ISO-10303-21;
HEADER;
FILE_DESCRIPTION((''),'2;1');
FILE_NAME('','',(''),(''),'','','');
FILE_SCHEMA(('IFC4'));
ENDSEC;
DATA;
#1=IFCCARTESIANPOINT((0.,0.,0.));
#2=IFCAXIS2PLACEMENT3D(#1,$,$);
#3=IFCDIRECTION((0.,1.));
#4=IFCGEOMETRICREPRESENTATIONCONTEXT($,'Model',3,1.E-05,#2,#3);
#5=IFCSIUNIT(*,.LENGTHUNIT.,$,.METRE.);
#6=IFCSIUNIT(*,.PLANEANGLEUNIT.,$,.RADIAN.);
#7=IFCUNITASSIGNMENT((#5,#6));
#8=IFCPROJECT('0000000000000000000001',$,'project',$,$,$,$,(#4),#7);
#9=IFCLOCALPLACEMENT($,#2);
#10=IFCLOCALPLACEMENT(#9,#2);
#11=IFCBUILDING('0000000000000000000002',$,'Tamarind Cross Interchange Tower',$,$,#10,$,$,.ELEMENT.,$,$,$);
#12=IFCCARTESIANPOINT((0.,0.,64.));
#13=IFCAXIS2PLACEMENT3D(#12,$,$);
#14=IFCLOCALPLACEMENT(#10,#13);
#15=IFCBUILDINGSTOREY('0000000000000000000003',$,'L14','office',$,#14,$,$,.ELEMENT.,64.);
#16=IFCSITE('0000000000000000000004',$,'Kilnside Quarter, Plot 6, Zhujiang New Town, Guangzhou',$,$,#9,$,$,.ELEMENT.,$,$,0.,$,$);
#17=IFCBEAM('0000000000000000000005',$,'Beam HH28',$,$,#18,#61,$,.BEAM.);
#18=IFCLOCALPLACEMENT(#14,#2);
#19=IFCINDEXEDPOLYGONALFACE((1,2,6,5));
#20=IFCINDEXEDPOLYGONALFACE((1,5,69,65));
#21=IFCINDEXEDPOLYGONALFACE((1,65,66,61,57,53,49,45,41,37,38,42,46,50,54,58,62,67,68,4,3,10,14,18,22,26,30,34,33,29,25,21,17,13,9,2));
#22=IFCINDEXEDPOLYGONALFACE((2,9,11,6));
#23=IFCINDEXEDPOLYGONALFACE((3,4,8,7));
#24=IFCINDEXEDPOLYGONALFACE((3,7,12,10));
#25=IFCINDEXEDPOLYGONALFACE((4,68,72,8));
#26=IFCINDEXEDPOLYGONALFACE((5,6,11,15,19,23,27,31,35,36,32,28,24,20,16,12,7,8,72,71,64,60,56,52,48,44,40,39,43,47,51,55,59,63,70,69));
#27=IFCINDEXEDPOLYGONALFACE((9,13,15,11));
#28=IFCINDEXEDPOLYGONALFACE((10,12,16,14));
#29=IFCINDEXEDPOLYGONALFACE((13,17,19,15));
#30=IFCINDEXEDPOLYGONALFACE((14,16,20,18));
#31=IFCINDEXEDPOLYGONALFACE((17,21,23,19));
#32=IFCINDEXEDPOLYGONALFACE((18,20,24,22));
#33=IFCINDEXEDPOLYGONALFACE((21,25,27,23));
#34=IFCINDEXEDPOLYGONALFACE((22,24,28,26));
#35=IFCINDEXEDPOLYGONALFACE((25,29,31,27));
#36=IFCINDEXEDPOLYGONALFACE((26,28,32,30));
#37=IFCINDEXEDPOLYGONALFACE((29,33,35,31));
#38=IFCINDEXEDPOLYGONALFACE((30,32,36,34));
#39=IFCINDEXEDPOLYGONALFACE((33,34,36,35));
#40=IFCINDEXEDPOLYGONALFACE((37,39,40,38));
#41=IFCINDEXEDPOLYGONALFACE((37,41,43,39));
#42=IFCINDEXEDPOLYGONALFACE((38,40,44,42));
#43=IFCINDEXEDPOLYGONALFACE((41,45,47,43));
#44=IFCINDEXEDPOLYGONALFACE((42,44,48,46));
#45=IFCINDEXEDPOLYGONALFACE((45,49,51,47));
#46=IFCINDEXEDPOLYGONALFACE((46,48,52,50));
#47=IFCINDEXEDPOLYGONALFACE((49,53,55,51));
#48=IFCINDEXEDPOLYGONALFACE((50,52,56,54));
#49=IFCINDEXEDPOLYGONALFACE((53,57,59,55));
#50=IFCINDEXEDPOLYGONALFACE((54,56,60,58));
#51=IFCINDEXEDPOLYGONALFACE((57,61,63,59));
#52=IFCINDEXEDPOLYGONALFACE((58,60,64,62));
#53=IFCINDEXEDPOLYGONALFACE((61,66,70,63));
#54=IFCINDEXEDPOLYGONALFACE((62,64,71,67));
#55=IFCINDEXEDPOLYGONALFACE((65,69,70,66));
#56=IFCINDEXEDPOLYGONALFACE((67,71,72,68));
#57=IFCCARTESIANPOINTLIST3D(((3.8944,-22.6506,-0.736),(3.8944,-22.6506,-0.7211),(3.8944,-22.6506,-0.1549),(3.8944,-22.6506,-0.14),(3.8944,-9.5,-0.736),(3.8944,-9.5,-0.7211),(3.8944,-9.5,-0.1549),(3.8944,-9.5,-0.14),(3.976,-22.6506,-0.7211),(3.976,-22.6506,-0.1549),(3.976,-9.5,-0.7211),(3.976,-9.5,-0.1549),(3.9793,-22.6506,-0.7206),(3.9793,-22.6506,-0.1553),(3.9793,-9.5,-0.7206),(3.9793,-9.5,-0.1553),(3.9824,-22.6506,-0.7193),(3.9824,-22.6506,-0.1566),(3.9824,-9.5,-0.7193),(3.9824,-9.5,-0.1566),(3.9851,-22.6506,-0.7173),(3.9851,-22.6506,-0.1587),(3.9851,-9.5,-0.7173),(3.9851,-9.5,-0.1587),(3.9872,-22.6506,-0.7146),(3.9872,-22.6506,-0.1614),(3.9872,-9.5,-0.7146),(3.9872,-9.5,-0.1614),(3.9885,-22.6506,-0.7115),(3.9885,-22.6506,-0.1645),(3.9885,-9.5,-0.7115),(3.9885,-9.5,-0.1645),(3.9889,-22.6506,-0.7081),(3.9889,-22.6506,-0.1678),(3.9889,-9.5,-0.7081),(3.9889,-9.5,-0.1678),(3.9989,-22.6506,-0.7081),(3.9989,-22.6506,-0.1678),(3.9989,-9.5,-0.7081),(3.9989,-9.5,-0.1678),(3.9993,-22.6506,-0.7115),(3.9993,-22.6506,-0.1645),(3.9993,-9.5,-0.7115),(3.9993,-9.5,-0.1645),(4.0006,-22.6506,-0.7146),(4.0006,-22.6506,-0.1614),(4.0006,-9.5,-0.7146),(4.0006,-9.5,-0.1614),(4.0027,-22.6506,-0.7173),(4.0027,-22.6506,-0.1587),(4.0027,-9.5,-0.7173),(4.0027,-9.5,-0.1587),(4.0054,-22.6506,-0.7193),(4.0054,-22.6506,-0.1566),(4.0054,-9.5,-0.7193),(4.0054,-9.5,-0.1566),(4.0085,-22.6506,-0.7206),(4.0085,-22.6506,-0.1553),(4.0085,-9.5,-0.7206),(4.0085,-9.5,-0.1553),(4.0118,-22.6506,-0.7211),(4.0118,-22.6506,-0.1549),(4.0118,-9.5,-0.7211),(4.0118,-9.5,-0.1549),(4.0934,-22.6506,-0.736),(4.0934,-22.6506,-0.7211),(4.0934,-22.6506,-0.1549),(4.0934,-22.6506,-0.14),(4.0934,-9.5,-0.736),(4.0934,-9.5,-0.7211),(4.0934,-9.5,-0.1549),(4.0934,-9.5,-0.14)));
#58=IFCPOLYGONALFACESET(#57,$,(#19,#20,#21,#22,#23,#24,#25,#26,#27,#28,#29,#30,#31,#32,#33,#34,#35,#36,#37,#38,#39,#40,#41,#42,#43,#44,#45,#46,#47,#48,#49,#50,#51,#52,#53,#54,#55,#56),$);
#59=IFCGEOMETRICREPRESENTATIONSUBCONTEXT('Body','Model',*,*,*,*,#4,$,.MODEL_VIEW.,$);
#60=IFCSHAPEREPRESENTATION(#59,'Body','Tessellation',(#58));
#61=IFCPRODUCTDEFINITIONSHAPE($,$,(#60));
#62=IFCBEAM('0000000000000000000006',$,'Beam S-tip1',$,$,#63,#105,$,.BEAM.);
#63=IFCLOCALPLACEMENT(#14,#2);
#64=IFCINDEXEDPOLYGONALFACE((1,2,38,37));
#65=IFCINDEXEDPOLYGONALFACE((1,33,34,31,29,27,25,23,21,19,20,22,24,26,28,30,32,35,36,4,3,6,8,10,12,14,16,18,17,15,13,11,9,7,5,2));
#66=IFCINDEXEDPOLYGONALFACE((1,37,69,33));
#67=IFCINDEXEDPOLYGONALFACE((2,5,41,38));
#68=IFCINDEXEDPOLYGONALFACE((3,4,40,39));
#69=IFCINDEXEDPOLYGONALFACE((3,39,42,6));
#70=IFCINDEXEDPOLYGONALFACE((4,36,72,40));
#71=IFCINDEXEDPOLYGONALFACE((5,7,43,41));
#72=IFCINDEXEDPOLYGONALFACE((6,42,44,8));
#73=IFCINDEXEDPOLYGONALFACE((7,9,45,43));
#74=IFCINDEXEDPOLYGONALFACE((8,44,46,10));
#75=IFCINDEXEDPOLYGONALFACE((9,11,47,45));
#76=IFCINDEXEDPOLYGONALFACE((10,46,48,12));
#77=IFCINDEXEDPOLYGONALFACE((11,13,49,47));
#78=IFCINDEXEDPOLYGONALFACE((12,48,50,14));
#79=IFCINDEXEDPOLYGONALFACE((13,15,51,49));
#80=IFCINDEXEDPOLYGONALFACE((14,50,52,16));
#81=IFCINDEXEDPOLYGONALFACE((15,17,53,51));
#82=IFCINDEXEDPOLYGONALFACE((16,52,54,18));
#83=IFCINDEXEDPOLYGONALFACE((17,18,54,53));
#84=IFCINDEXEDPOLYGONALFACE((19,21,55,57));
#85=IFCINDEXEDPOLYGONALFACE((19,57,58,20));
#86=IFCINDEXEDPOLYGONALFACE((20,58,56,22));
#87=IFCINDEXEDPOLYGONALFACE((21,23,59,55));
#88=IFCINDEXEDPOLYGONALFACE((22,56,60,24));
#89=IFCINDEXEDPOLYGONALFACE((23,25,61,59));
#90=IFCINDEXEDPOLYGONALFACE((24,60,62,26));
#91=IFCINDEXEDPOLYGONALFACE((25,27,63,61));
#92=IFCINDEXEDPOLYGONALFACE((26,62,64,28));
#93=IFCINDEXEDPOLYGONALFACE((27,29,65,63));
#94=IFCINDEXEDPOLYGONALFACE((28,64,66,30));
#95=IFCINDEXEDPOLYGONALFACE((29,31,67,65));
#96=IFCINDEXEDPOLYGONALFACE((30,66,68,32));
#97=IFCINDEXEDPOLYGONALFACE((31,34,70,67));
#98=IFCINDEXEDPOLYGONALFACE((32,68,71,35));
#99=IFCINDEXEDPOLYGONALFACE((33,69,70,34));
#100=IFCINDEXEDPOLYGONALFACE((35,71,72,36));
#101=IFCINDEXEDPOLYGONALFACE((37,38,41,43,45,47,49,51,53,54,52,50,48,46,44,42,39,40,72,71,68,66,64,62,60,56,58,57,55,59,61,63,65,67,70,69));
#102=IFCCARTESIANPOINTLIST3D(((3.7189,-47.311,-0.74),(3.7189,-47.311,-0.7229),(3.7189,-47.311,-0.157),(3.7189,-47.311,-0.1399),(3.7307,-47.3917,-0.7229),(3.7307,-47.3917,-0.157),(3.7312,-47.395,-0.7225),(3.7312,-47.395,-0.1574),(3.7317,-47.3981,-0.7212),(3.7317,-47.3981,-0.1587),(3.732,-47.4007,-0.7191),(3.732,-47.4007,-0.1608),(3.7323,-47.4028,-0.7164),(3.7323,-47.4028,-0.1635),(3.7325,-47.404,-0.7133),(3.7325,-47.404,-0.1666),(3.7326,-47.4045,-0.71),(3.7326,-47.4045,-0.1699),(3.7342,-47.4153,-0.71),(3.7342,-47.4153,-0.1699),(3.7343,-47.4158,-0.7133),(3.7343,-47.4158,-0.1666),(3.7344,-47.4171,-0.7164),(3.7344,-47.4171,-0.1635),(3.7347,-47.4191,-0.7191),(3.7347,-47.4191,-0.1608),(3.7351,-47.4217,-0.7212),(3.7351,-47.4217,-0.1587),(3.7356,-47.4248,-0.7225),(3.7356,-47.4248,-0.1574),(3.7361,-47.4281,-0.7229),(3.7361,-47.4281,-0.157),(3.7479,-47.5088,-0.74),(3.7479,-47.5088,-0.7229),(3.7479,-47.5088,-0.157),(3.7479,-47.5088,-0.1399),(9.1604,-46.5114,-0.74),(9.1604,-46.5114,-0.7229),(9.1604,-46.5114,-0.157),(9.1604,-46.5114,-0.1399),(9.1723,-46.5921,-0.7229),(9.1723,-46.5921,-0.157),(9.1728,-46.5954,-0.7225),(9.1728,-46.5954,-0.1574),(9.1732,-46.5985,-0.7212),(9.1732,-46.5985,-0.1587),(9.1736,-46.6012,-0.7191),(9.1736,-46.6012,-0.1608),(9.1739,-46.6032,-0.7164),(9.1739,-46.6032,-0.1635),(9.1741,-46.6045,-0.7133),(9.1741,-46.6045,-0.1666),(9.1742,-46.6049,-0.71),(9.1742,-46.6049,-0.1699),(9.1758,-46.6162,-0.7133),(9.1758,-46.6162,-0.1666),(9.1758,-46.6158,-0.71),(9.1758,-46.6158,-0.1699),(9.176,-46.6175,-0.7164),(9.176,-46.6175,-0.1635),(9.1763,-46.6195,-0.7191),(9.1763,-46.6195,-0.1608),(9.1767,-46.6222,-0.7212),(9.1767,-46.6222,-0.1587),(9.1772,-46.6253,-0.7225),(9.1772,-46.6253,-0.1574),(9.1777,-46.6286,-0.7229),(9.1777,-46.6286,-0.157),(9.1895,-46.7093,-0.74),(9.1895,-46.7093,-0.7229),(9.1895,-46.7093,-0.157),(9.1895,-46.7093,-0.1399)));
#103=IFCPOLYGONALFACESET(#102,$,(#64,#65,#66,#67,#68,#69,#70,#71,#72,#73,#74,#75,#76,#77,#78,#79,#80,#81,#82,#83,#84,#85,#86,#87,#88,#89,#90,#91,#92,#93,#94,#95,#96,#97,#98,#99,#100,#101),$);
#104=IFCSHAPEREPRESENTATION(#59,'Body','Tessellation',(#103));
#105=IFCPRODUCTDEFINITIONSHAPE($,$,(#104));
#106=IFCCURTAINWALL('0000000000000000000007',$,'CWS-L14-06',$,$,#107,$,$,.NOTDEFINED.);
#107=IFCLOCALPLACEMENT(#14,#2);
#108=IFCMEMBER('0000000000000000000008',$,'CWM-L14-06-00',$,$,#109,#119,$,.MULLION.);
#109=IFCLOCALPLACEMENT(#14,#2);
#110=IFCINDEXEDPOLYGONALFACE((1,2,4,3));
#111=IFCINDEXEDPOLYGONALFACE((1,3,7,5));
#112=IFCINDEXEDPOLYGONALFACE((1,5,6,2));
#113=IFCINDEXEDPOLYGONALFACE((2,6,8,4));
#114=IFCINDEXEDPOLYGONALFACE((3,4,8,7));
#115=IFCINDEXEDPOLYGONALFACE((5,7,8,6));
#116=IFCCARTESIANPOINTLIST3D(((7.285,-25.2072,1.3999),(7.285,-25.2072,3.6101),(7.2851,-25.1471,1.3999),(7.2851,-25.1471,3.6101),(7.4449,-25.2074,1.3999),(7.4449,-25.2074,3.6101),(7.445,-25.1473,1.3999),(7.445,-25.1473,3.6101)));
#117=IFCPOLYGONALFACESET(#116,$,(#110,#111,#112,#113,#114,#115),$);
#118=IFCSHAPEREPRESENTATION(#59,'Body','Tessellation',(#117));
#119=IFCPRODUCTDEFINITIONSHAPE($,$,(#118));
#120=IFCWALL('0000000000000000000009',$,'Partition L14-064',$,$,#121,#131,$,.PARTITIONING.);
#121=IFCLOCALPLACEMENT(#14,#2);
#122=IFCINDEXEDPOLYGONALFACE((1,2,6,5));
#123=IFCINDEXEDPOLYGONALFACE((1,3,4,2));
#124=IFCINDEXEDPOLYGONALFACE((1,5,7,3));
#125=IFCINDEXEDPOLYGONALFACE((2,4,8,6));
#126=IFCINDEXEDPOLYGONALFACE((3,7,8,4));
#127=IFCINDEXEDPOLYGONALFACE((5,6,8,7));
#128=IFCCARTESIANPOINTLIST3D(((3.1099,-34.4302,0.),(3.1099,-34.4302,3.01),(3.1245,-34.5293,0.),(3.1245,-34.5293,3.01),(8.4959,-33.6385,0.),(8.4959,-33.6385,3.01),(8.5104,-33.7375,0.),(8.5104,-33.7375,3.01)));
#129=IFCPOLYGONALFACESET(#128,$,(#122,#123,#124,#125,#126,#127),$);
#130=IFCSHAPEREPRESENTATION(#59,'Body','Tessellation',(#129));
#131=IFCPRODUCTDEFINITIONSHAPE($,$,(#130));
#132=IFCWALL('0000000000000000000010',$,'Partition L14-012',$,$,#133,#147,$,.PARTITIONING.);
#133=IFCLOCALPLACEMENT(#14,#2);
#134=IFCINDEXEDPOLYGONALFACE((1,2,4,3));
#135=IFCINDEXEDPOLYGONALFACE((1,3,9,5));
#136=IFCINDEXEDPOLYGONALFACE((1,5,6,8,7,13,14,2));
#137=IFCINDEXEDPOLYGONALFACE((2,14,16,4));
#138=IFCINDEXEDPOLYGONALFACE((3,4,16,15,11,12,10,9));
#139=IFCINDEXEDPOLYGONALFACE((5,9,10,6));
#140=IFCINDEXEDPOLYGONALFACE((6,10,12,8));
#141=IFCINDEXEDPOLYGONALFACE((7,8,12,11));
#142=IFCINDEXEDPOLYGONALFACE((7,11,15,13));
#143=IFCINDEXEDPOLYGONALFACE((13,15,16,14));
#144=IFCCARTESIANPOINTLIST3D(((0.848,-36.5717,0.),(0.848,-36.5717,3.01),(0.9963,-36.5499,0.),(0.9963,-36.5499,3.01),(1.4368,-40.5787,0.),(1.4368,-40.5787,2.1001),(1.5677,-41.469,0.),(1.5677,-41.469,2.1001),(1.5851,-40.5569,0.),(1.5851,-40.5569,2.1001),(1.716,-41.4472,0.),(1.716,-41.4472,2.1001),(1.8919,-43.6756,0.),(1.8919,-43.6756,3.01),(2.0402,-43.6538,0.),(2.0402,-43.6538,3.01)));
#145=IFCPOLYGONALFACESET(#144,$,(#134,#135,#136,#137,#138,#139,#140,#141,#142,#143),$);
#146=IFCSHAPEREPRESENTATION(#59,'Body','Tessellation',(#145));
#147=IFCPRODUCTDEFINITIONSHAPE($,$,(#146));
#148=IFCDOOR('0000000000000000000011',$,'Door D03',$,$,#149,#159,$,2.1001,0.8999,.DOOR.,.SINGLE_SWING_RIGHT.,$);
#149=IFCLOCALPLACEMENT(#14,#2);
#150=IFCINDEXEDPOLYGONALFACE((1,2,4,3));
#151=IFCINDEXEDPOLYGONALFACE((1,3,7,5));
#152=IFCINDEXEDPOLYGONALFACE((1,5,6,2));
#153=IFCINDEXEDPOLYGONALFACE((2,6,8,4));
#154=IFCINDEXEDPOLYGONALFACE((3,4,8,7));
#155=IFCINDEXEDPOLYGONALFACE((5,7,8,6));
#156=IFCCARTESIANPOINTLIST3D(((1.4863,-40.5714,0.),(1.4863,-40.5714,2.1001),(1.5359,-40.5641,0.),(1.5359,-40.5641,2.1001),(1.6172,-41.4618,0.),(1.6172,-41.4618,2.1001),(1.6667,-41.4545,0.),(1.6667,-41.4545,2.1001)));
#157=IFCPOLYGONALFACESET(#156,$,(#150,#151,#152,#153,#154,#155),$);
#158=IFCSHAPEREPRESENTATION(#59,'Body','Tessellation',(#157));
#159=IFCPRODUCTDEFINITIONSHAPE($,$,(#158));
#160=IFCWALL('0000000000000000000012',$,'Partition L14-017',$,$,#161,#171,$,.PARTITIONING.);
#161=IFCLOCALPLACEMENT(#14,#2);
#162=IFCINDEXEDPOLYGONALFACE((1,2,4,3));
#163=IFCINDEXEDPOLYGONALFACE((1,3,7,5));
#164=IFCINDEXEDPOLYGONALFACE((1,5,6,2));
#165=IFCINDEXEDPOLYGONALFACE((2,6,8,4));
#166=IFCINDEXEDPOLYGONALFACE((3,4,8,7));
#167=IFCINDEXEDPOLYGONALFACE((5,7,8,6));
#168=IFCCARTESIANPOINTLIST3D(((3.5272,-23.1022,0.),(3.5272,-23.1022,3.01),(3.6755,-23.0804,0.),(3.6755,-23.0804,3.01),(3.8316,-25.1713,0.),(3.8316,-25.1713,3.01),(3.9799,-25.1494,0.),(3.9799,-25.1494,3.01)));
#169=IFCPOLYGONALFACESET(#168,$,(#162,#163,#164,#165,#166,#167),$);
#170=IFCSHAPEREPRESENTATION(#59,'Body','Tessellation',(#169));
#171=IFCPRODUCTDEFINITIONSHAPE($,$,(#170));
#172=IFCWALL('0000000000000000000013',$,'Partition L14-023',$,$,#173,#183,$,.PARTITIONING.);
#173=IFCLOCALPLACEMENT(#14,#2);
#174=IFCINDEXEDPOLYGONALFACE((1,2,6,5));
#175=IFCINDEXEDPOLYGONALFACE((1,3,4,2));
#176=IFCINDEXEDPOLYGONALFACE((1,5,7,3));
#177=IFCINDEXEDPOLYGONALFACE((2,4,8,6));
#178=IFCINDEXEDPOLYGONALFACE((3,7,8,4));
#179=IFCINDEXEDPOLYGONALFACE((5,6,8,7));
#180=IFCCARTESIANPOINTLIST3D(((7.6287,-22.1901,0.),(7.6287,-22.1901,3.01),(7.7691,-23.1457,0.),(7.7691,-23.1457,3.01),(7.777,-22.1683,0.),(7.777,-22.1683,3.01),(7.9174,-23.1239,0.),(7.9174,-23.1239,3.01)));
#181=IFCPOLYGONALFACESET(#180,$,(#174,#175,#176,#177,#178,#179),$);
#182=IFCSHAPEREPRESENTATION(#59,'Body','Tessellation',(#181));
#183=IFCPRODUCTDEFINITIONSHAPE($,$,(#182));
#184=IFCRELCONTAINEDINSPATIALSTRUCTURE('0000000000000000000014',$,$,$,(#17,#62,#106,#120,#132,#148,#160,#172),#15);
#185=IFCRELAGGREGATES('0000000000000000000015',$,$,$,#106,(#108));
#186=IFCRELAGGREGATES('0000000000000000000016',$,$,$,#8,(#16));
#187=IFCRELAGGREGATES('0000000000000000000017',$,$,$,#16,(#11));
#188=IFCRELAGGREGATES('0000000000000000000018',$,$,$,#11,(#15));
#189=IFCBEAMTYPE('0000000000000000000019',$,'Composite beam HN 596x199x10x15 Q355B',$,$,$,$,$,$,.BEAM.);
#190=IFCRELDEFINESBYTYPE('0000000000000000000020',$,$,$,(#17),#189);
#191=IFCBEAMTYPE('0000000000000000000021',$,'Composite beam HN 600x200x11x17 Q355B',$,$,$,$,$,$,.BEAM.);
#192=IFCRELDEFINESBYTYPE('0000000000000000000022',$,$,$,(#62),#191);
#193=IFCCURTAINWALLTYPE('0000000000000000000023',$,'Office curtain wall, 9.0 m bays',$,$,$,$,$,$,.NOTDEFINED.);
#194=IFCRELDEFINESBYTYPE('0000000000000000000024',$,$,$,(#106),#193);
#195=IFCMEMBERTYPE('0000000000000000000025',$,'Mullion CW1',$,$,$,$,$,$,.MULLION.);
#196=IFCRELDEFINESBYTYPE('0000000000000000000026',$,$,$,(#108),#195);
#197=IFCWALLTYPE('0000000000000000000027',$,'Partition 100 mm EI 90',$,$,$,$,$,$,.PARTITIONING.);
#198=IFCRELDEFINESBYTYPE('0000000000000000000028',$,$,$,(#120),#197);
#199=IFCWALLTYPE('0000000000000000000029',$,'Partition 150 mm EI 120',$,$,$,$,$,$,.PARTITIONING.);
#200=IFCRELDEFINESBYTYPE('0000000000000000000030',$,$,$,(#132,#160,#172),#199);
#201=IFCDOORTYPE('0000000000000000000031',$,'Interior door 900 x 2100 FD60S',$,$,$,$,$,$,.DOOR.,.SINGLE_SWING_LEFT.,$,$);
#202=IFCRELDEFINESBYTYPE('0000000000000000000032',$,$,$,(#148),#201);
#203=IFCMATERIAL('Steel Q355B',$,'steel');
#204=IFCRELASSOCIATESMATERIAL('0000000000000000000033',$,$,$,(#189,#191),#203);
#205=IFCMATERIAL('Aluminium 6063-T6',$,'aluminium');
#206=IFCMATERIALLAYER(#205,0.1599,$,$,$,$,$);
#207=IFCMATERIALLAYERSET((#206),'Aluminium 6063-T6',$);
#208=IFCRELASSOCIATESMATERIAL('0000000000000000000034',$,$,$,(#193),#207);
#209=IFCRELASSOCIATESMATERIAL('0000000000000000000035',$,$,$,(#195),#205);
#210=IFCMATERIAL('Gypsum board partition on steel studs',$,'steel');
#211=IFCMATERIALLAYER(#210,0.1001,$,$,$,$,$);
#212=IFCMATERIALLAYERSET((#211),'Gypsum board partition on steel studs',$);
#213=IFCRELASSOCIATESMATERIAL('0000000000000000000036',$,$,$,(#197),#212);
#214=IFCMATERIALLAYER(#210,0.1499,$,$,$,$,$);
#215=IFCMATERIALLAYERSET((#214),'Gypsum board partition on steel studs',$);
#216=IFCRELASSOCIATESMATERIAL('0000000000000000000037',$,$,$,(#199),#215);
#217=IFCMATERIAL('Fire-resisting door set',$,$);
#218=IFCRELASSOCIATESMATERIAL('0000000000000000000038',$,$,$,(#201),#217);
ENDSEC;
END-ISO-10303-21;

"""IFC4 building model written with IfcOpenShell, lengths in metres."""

from ifc_helpers import new_model, si_unit, direction, frame, frame_2d, origin, origin_2d, place, context, subcontext, project, spatial, rectangle, i_section, extrude, material, layer, layer_set, material_profile, profile_set, type_object, element, fill, aggregate, save


model = new_model("IFC4")

# Units and contexts
model_context = context("Model", 3, precision=1e-05, world=origin(), true_north=direction((0.0, 1.0)))
body_context = subcontext(model_context, "Body", "Model", "MODEL_VIEW")
ifc_project = project(units=[si_unit("LENGTHUNIT", "METRE"), si_unit("PLANEANGLEUNIT", "RADIAN")], contexts=[model_context])

# Site, building, storey
site_placement = place(None, origin())
site = spatial("IfcSite", under=ifc_project, at=site_placement, Name="Kilnside Quarter, Plot 6, Zhujiang New Town, Guangzhou", CompositionType="ELEMENT", RefElevation=0.0)
building_placement = place(site_placement, origin())
building = spatial("IfcBuilding", under=site, at=building_placement, Name="Tamarind Cross Interchange Tower", CompositionType="ELEMENT")
storey_placement = place(building_placement, frame((0.0, 0.0, 64.0)))
storey = spatial("IfcBuildingStorey", under=building, at=storey_placement, Name="L14", Description="office", CompositionType="ELEMENT", Elevation=64.0)

# Beams
ifc_material_1 = material(Name="Steel Q355B", Category="steel")
ifc_material_profile_1 = material_profile(ifc_material_1, i_section(OverallWidth=0.199, OverallDepth=0.5959, WebThickness=0.01, FlangeThickness=0.0149, FilletRadius=0.0129, at=origin_2d()), Name="HN 596x199x10x15")
ifc_profile_set_1 = profile_set([ifc_material_profile_1], Name="Steel Q355B")
beam_type_1 = type_object("IfcBeamType", Name="Composite beam HN 596x199x10x15 Q355B", PredefinedType="BEAM", material=ifc_profile_set_1)
beam_1_placement = place(storey_placement, frame((3.9939, -22.6506, -0.438), z_axis=(0.0, 1.0, 0.0), x_axis=(-1.0, 0.0, 0.0)))
element("IfcBeam", 1, at=beam_1_placement, inside=storey, type_object=beam_type_1, Name="Beam HH28", PredefinedType="BEAM", context=body_context, shape_type="SweptSolid", body=[
    extrude(i_section(OverallWidth=0.199, OverallDepth=0.5959, WebThickness=0.01, FlangeThickness=0.0149, FilletRadius=0.0129, at=origin_2d()), origin(), (0.0, 0.0, 1.0), 13.1506),
])
ifc_material_profile_2 = material_profile(ifc_material_1, i_section(OverallWidth=0.2, OverallDepth=0.6001, WebThickness=0.011, FlangeThickness=0.0171, FilletRadius=0.0129, at=origin_2d()), Name="HN 600x200x11x17")
ifc_profile_set_2 = profile_set([ifc_material_profile_2], Name="Steel Q355B")
beam_type_2 = type_object("IfcBeamType", Name="Composite beam HN 600x200x11x17 Q355B", PredefinedType="BEAM", material=ifc_profile_set_2)
beam_2_placement = place(storey_placement, frame((3.7334, -47.4099, -0.4399), z_axis=(0.989377, 0.145373, 0.0), x_axis=(-0.145373, 0.989377, 0.0)))
element("IfcBeam", 2, at=beam_2_placement, inside=storey, type_object=beam_type_2, Name="Beam S-tip1", PredefinedType="BEAM", context=body_context, shape_type="SweptSolid", body=[
    extrude(i_section(OverallWidth=0.2, OverallDepth=0.6001, WebThickness=0.011, FlangeThickness=0.0171, FilletRadius=0.0129, at=origin_2d()), origin(), (0.0, 0.0, 1.0), 5.5),
])

# Curtain wall, member
ifc_material_2 = material(Name="Aluminium 6063-T6", Category="aluminium")
ifc_layer_1 = layer(ifc_material_2, 0.1599)
ifc_layer_set_1 = layer_set([ifc_layer_1], Name="Aluminium 6063-T6")
curtain_wall_type = type_object("IfcCurtainWallType", Name="Office curtain wall, 9.0 m bays", PredefinedType="NOTDEFINED", material=ifc_layer_set_1)
curtain_wall_placement = place(storey_placement, origin())
curtain_wall = element("IfcCurtainWall", 3, at=curtain_wall_placement, inside=storey, type_object=curtain_wall_type, Name="CWS-L14-06", PredefinedType="NOTDEFINED")
ifc_material_profile_3 = material_profile(ifc_material_2, rectangle(XDim=0.0601, YDim=0.1599, at=origin_2d()), Name="Mullion CW1")
ifc_profile_set_3 = profile_set([ifc_material_profile_3], Name="Aluminium 6063-T6")
member_type = type_object("IfcMemberType", Name="Mullion CW1", PredefinedType="MULLION", material=ifc_profile_set_3)
member_placement = place(storey_placement, frame((7.365, -25.1772, 1.3999), z_axis=(0.0, 0.0, 1.0), x_axis=(0.000957, 1.0, 0.0)))
member = element("IfcMember", 4, at=member_placement, type_object=member_type, Name="CWM-L14-06-00", PredefinedType="MULLION", context=body_context, shape_type="SweptSolid", body=[
    extrude(rectangle(XDim=0.0601, YDim=0.1599, at=origin_2d()), origin(), (0.0, 0.0, 1.0), 2.2102),
])
aggregate(curtain_wall, [member])

# Wall
ifc_material_3 = material(Name="Gypsum board partition on steel studs", Category="steel")
ifc_layer_2 = layer(ifc_material_3, 0.1001)
ifc_layer_set_2 = layer_set([ifc_layer_2], Name="Gypsum board partition on steel studs")
wall_type_1 = type_object("IfcWallType", Name="Partition 100 mm EI 90", PredefinedType="PARTITIONING", material=ifc_layer_set_2)
wall_1_placement = place(storey_placement, frame((3.1172, -34.4797, 0.0), z_axis=(0.0, 0.0, 1.0), x_axis=(0.989367, 0.145438, 0.0)))
element("IfcWall", 5, at=wall_1_placement, inside=storey, type_object=wall_type_1, Name="Partition L14-064", PredefinedType="PARTITIONING", context=body_context, shape_type="SweptSolid", body=[
    extrude(rectangle(XDim=5.4438, YDim=0.1001, at=frame_2d((2.7219, 0.0))), origin(), (0.0, 0.0, 1.0), 3.01),
])

# Wall, opening, door
ifc_layer_3 = layer(ifc_material_3, 0.1499)
ifc_layer_set_3 = layer_set([ifc_layer_3], Name="Gypsum board partition on steel studs")
wall_type_2 = type_object("IfcWallType", Name="Partition 150 mm EI 120", PredefinedType="PARTITIONING", material=ifc_layer_set_3)
wall_2_placement = place(storey_placement, frame((0.9221, -36.5608, 0.0), z_axis=(0.0, 0.0, 1.0), x_axis=(0.145395, -0.989374, 0.0)))
wall_2 = element("IfcWall", 6, at=wall_2_placement, inside=storey, type_object=wall_type_2, Name="Partition L14-012", PredefinedType="PARTITIONING", context=body_context, shape_type="SweptSolid", body=[
    extrude(rectangle(XDim=7.1802, YDim=0.1499, at=frame_2d((3.5901, 0.0))), origin(), (0.0, 0.0, 1.0), 3.01),
])
opening_1_placement = place(wall_2_placement, frame((4.05, 0.0, 0.0)))
opening_1 = element("IfcOpeningElement", 7, at=opening_1_placement, cuts=wall_2, PredefinedType="OPENING", context=body_context, shape_type="SweptSolid", body=[
    extrude(rectangle(XDim=0.8999, YDim=2.1001, at=frame_2d((0.45, 1.05))), frame((0.0, 0.085, 0.0), z_axis=(0.0, -1.0, 0.0), x_axis=(1.0, 0.0, 0.0)), (0.0, 0.0, 1.0), 0.1699),
])
ifc_material_4 = material(Name="Fire-resisting door set")
door_type = type_object("IfcDoorType", Name="Interior door 900 x 2100 FD60S", OperationType="SINGLE_SWING_LEFT", PredefinedType="DOOR", material=ifc_material_4)
door_1_placement = place(opening_1_placement, frame((0.8999, 0.0, 0.0), z_axis=(0.0, 0.0, 1.0), x_axis=(-1.0, 0.0, 0.0)))
door_1 = element("IfcDoor", 8, at=door_1_placement, inside=storey, type_object=door_type, Name="Door D03", OperationType="SINGLE_SWING_RIGHT", OverallHeight=2.1001, OverallWidth=0.8999, PredefinedType="DOOR", context=body_context, shape_type="SweptSolid", body=[
    extrude(rectangle(XDim=0.8999, YDim=2.1001, at=frame_2d((0.45, 1.05))), frame((0.0, 0.0249, 0.0), z_axis=(0.0, -1.0, 0.0), x_axis=(1.0, 0.0, 0.0)), (0.0, 0.0, 1.0), 0.05),
])
fill(opening_1, door_1)

# Walls
wall_3_placement = place(storey_placement, frame((3.6013, -23.0913, 0.0), z_axis=(0.0, 0.0, 1.0), x_axis=(0.145571, -0.989348, 0.0)))
element("IfcWall", 9, at=wall_3_placement, inside=storey, type_object=wall_type_2, Name="Partition L14-017", PredefinedType="PARTITIONING", context=body_context, shape_type="SweptSolid", body=[
    extrude(rectangle(XDim=2.0913, YDim=0.1499, at=frame_2d((1.0457, 0.0))), origin(), (0.0, 0.0, 1.0), 3.01),
])
wall_4_placement = place(storey_placement, frame((7.7029, -22.1792, 0.0), z_axis=(0.0, 0.0, 1.0), x_axis=(0.145348, -0.989381, 0.0)))
element("IfcWall", 10, at=wall_4_placement, inside=storey, type_object=wall_type_2, Name="Partition L14-023", PredefinedType="PARTITIONING", context=body_context, shape_type="SweptSolid", body=[
    extrude(rectangle(XDim=0.9658, YDim=0.1499, at=frame_2d((0.4829, 0.0))), origin(), (0.0, 0.0, 1.0), 3.01),
])

save(model, "model.ifc")
